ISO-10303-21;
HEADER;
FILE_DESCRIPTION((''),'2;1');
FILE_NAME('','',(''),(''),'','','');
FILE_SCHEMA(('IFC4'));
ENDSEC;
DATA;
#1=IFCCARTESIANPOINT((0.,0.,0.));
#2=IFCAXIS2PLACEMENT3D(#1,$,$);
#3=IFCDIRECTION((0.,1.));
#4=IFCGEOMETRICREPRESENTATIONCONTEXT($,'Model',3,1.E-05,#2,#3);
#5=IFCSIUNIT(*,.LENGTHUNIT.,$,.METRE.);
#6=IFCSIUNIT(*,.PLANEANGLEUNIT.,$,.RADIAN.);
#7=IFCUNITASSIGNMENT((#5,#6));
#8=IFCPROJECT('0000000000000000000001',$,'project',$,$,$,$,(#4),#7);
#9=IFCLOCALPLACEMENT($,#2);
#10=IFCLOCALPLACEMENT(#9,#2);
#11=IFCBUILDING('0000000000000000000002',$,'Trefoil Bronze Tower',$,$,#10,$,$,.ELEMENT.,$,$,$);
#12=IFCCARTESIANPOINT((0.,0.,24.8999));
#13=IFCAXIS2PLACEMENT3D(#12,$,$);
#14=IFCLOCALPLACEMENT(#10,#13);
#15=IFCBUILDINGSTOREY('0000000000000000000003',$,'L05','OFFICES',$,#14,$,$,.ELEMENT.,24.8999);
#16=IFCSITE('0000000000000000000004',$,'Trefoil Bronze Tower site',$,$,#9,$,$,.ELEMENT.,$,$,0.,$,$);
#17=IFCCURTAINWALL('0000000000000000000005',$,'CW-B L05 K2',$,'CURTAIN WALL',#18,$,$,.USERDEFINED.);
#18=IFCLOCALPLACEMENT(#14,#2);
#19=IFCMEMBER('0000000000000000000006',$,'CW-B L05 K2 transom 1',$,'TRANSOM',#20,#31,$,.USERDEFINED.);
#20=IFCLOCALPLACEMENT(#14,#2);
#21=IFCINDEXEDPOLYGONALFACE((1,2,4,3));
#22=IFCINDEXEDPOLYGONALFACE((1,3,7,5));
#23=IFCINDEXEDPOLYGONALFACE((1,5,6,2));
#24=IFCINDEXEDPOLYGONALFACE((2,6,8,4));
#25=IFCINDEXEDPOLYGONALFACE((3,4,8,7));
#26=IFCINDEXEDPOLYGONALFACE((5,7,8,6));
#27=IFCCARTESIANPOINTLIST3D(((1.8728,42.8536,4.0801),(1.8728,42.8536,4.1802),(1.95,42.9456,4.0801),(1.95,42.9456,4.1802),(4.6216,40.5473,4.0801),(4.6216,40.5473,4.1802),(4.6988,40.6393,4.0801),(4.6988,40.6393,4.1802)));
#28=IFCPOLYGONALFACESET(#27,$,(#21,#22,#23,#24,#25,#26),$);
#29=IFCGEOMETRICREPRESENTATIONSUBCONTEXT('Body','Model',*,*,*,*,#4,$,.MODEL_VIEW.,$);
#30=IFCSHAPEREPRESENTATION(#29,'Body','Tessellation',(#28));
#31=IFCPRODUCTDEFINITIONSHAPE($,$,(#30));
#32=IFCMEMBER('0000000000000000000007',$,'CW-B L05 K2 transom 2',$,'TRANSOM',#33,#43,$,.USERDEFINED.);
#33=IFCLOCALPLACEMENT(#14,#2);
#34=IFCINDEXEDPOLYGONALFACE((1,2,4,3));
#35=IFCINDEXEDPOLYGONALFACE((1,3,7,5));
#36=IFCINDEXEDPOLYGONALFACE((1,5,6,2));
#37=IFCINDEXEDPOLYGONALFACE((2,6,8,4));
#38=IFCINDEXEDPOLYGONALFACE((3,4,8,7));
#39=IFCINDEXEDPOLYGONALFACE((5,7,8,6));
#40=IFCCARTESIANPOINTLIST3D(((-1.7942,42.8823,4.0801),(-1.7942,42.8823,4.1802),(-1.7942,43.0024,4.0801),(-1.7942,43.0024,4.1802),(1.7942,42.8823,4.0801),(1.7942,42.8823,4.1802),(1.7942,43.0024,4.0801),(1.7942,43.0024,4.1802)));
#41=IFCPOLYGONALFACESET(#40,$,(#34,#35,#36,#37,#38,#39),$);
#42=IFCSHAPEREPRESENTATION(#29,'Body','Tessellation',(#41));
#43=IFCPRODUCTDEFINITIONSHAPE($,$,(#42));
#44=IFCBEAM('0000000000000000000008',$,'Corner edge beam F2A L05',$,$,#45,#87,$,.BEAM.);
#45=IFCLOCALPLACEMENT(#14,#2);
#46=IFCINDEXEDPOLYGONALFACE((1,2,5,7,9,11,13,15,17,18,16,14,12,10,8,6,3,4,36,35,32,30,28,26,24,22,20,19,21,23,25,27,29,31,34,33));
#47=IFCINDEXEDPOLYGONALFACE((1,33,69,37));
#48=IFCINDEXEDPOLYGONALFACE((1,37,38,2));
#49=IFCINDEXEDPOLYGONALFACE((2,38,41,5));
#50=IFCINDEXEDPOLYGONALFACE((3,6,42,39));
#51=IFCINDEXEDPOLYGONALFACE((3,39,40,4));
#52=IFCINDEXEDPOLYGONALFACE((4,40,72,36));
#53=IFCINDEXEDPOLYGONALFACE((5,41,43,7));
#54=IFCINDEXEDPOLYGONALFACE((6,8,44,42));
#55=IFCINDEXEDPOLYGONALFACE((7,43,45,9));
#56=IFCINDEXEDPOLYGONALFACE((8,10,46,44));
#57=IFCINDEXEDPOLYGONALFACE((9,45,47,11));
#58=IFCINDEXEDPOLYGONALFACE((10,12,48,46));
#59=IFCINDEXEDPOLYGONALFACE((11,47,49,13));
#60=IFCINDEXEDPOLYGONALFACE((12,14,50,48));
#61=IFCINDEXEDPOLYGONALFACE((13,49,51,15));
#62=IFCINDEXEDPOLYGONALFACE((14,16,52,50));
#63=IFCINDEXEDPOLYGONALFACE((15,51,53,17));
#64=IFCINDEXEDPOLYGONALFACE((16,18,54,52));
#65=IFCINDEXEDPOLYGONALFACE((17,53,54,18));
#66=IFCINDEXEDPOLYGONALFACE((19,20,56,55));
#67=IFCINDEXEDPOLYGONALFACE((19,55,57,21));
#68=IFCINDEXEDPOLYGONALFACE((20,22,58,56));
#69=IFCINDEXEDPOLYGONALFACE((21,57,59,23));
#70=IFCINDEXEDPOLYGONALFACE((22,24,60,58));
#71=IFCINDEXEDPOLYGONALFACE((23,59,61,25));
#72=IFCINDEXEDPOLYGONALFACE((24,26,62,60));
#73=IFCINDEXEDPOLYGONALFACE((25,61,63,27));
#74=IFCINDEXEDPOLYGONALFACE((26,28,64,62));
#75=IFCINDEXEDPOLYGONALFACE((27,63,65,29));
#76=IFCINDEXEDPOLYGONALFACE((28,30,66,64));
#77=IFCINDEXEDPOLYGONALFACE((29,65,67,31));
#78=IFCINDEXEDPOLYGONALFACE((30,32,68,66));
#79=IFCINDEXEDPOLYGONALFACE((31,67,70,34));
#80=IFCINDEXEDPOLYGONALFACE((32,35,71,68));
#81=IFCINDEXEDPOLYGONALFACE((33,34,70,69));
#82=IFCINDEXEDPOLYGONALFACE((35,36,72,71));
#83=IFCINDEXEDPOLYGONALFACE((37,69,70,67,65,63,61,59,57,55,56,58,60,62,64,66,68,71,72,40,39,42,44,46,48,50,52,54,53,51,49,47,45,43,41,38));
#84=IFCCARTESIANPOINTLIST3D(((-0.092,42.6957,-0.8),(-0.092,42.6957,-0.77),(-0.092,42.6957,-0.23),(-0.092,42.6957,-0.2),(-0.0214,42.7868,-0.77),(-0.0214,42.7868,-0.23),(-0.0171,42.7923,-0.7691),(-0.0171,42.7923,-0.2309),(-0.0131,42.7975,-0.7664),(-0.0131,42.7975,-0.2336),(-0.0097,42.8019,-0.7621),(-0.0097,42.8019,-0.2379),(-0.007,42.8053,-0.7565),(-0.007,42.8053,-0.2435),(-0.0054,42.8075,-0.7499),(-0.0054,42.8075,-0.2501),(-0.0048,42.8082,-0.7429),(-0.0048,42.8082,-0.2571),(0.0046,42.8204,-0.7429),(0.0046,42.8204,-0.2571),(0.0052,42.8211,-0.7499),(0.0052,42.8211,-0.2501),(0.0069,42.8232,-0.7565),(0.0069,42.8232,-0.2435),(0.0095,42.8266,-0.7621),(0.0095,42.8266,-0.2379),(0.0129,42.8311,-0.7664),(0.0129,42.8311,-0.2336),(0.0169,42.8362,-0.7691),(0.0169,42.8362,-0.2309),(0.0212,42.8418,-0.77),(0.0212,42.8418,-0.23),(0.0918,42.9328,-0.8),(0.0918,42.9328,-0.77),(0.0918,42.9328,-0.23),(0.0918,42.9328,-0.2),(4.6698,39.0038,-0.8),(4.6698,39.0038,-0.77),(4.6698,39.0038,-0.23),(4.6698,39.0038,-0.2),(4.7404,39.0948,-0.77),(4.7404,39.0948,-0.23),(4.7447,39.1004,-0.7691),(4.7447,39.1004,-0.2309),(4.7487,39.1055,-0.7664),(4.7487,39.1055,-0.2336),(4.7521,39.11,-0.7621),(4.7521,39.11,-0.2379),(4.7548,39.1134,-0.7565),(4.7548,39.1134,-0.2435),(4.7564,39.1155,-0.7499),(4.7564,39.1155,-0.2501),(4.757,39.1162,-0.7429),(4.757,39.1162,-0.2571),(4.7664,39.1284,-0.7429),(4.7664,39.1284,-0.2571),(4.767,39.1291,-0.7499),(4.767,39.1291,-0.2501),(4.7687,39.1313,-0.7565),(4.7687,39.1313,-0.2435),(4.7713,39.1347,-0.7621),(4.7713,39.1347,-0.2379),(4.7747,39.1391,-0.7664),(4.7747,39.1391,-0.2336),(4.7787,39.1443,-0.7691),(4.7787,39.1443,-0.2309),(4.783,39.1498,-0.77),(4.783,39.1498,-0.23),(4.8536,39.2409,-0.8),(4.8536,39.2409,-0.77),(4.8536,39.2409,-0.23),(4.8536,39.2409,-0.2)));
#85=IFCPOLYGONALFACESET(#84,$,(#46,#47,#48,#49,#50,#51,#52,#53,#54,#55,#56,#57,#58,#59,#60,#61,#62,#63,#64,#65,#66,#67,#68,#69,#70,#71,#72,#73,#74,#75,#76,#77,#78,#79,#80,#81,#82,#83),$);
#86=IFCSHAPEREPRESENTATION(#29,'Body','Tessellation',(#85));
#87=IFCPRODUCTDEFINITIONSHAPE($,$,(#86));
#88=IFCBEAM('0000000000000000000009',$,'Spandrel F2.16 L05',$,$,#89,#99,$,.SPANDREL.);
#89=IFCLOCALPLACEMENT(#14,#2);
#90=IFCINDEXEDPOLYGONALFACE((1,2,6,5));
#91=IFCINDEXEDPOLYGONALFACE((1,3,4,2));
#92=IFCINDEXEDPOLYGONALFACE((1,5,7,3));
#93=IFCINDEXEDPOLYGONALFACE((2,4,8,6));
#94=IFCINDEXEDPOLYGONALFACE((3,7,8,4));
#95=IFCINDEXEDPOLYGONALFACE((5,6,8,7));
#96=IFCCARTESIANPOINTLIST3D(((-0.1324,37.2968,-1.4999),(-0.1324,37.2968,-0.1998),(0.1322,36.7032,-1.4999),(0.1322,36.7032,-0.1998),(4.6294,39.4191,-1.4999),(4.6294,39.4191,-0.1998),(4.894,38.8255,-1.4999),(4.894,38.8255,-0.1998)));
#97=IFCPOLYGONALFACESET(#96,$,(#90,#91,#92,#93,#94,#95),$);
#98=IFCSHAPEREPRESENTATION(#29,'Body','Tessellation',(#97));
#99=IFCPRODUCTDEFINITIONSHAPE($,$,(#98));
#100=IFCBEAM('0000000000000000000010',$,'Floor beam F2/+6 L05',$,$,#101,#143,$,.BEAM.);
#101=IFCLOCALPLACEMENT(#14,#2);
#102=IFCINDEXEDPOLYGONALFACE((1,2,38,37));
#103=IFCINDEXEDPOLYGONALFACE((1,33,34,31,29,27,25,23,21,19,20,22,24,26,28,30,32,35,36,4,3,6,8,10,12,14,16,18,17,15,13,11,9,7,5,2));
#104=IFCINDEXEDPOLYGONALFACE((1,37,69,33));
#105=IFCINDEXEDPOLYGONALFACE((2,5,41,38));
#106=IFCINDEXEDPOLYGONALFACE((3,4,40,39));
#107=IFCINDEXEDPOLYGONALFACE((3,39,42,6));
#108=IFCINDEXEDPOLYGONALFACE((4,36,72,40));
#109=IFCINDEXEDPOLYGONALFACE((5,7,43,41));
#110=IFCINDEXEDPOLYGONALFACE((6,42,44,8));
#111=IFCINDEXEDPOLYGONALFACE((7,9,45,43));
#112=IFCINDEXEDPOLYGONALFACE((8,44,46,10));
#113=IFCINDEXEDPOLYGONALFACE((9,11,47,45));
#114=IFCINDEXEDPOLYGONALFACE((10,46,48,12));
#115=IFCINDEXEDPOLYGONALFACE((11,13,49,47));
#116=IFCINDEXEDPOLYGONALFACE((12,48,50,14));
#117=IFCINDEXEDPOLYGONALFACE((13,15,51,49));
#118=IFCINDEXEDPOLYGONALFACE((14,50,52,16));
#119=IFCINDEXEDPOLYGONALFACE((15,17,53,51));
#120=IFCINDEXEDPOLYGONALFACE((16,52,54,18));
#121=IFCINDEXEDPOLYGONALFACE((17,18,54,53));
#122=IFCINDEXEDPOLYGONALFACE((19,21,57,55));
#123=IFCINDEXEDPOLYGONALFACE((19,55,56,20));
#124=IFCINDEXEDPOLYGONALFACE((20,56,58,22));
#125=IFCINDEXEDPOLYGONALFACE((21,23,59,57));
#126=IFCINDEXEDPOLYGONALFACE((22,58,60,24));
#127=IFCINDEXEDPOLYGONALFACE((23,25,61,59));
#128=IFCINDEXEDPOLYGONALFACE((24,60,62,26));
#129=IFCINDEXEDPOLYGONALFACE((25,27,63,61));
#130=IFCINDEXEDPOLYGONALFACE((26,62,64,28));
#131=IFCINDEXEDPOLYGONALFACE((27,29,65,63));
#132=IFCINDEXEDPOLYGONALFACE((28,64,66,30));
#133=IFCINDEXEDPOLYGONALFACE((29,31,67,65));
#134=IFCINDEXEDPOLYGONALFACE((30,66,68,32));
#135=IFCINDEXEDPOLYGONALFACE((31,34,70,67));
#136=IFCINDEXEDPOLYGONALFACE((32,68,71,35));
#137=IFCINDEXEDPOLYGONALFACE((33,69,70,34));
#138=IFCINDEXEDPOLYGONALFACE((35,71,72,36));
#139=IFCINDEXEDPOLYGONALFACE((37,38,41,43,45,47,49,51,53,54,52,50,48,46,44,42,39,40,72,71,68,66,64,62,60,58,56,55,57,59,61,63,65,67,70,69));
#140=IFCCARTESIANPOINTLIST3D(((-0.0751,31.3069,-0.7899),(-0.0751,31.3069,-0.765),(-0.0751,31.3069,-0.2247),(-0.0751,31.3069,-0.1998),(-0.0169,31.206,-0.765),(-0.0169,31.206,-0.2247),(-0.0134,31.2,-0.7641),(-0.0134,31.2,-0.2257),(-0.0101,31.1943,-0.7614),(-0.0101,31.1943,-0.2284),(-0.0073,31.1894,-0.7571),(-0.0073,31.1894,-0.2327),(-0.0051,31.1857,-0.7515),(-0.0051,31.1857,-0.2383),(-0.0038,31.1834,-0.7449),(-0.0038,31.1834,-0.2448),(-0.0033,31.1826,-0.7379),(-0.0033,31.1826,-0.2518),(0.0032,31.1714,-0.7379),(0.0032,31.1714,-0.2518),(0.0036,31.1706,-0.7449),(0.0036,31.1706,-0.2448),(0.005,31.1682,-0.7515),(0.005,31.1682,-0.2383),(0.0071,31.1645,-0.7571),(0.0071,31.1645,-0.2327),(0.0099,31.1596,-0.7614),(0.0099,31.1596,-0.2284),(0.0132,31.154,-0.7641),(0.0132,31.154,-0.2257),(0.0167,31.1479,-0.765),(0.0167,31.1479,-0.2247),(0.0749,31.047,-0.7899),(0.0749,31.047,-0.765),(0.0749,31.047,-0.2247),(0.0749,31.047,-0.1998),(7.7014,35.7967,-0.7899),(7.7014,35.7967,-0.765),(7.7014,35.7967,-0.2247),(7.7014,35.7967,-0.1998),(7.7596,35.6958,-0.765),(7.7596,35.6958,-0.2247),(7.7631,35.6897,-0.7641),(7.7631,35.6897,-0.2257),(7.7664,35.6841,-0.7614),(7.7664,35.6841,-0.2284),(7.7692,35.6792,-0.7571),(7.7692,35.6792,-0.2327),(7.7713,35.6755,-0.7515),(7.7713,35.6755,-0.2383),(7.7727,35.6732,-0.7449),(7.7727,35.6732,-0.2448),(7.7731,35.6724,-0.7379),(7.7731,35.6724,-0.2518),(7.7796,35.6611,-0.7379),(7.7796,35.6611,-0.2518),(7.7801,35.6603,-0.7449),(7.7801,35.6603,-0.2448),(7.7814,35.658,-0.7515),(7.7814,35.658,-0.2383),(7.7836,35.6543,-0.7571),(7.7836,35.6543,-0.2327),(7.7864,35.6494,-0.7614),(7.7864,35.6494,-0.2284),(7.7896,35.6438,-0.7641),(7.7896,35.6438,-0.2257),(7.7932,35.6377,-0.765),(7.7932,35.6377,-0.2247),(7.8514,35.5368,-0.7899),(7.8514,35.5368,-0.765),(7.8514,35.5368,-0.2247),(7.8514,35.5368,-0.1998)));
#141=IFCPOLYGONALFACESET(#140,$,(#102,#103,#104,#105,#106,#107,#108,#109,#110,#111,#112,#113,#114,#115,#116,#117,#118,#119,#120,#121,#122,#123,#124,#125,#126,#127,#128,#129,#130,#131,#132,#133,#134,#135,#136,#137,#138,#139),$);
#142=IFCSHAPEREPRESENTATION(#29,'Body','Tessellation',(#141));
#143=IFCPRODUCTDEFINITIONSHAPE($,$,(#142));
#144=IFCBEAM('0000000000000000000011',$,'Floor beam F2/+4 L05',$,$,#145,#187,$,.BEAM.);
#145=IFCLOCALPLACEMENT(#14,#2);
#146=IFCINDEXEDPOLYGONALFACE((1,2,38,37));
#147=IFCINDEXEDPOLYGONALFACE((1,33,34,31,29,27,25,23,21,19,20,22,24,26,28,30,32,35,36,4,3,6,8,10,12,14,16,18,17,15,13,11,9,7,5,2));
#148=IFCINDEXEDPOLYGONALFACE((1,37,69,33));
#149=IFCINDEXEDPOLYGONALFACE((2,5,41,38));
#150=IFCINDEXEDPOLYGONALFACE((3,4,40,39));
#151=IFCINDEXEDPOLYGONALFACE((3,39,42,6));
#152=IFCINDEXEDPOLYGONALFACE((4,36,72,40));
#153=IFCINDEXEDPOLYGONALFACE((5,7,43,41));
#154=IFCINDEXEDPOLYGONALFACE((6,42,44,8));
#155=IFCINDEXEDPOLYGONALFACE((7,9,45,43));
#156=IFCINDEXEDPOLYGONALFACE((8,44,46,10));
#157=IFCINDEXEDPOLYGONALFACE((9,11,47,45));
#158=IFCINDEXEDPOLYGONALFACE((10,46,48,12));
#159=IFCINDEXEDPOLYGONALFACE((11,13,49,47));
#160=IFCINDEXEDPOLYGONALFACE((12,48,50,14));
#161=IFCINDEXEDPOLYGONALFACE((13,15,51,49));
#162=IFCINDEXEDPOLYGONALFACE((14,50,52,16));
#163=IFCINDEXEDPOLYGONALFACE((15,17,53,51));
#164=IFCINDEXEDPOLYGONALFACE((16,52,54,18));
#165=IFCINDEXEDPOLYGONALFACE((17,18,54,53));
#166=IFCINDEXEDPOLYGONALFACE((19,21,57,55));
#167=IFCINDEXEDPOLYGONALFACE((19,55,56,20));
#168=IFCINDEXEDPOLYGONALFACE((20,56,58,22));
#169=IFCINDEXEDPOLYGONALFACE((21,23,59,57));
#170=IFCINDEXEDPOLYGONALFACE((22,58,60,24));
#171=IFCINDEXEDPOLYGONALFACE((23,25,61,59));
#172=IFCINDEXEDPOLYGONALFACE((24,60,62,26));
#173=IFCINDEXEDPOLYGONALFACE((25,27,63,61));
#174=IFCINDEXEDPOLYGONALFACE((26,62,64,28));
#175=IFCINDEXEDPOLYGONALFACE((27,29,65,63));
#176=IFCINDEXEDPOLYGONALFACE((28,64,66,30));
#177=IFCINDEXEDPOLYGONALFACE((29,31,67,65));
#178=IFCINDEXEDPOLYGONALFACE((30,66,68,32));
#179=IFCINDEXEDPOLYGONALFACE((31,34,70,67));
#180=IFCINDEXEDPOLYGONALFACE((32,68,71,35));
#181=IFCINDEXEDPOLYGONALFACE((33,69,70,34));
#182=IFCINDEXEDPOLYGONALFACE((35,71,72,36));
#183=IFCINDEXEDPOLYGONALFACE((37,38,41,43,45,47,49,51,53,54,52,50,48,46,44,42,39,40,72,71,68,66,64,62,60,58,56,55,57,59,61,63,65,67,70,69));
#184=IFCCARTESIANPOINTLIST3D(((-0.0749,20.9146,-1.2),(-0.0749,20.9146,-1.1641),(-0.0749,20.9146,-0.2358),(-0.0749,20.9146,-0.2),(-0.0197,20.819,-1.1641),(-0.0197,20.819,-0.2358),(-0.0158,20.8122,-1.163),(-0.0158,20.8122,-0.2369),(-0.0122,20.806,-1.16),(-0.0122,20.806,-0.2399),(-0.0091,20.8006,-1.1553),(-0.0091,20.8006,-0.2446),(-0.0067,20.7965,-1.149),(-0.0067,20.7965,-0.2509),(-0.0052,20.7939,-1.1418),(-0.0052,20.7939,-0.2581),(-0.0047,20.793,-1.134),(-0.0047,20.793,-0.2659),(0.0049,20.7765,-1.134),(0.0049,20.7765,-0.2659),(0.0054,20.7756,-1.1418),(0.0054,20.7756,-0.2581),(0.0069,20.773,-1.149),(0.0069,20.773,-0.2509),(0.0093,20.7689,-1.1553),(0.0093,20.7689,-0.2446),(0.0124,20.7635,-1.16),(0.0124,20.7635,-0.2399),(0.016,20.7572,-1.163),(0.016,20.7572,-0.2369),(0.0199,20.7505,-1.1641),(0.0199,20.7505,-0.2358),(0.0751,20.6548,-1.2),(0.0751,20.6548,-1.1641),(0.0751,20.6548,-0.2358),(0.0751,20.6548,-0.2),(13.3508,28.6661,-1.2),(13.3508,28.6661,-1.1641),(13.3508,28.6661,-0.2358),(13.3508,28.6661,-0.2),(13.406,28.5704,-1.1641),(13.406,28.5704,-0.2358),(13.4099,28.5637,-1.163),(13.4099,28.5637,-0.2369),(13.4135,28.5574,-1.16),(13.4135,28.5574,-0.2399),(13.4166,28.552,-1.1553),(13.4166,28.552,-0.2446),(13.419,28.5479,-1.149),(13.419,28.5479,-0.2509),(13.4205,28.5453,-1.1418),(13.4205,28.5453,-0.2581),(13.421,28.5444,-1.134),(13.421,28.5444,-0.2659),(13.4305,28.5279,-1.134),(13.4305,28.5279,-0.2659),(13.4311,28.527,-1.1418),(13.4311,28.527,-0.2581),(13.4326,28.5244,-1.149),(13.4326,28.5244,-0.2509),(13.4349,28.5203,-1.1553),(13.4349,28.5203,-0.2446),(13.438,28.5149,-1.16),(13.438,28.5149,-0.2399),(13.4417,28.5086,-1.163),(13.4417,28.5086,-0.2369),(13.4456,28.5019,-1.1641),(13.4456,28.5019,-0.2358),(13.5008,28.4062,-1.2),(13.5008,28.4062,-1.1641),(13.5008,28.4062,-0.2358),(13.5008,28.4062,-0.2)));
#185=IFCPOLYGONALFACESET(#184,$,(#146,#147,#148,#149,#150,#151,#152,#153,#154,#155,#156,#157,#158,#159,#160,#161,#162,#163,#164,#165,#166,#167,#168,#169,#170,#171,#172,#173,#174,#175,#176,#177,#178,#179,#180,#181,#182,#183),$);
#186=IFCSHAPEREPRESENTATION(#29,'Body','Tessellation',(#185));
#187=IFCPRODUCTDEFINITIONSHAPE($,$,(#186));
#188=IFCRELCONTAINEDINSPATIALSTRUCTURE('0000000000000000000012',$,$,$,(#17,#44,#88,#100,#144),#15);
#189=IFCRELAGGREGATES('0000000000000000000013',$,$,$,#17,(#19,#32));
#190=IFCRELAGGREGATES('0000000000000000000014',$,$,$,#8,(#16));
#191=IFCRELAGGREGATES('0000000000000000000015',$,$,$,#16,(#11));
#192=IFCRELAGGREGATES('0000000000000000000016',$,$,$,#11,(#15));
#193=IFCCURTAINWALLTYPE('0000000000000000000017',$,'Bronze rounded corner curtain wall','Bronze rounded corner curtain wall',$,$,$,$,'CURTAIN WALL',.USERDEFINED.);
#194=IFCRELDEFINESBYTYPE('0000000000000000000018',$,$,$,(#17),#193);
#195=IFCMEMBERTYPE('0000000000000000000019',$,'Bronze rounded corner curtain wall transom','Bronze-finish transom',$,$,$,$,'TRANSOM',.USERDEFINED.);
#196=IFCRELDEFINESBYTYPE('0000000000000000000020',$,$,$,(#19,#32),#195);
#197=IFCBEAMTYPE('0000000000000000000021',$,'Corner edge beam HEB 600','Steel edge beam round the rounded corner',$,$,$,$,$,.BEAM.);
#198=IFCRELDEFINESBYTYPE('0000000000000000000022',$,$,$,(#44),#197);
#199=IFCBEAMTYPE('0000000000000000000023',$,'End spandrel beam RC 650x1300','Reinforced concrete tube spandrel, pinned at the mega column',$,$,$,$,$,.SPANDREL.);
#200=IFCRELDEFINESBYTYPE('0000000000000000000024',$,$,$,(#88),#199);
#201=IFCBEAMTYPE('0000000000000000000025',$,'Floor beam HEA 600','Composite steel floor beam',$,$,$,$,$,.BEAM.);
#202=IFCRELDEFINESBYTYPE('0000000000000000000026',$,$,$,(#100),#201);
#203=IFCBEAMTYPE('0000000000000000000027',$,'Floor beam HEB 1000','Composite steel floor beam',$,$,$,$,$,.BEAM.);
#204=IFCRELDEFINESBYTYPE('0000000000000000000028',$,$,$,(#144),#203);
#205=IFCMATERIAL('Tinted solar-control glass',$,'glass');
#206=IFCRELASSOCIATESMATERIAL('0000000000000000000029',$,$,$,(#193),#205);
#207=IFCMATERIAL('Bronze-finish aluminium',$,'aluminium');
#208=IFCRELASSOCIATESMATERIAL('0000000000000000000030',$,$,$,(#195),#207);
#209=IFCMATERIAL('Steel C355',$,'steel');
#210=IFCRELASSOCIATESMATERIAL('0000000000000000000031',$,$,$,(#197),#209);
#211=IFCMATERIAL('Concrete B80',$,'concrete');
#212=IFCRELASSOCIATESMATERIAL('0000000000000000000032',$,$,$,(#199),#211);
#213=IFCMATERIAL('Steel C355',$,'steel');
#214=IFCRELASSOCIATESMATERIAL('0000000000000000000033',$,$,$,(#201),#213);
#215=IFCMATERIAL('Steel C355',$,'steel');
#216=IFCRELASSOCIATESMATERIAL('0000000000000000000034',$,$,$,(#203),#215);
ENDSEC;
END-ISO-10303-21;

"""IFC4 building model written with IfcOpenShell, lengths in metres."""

from ifc_helpers import new_model, si_unit, direction, frame, origin, origin_2d, place, context, subcontext, project, spatial, rectangle, i_section, extrude, material, material_profile, profile_set, type_object, element, aggregate, save


model = new_model("IFC4")

# Units and contexts
model_context = context("Model", 3, precision=1e-05, world=origin(), true_north=direction((0.0, 1.0)))
body_context = subcontext(model_context, "Body", "Model", "MODEL_VIEW")
ifc_project = project(units=[si_unit("LENGTHUNIT", "METRE"), si_unit("PLANEANGLEUNIT", "RADIAN")], contexts=[model_context])

# Site, building, storey
site_placement = place(None, origin())
site = spatial("IfcSite", under=ifc_project, at=site_placement, Name="Trefoil Bronze Tower site", CompositionType="ELEMENT", RefElevation=0.0)
building_placement = place(site_placement, origin())
building = spatial("IfcBuilding", under=site, at=building_placement, Name="Trefoil Bronze Tower", CompositionType="ELEMENT")
storey_placement = place(building_placement, frame((0.0, 0.0, 24.8999)))
storey = spatial("IfcBuildingStorey", under=building, at=storey_placement, Name="L05", Description="OFFICES", CompositionType="ELEMENT", Elevation=24.8999)

# Curtain wall, members
ifc_material_1 = material(Name="Tinted solar-control glass", Category="glass")
curtain_wall_type_1 = type_object("IfcCurtainWallType", Name="Bronze rounded corner curtain wall", Description="Bronze rounded corner curtain wall", ElementType="CURTAIN WALL", PredefinedType="USERDEFINED", material=ifc_material_1)
curtain_wall_1_placement = place(storey_placement, origin())
curtain_wall_1 = element("IfcCurtainWall", 1, at=curtain_wall_1_placement, inside=storey, type_object=curtain_wall_type_1, Name="CW-B L05 K2", ObjectType="CURTAIN WALL", PredefinedType="USERDEFINED")
ifc_material_2 = material(Name="Bronze-finish aluminium", Category="aluminium")
ifc_material_profile_1 = material_profile(ifc_material_2, rectangle(XDim=0.1201, YDim=0.1001, at=origin_2d()), Name="CW-B transom")
ifc_profile_set_1 = profile_set([ifc_material_profile_1], Name="Bronze-finish aluminium")
member_type_1 = type_object("IfcMemberType", Name="Bronze rounded corner curtain wall transom", Description="Bronze-finish transom", ElementType="TRANSOM", PredefinedType="USERDEFINED", material=ifc_profile_set_1)
member_1_placement = place(storey_placement, frame((4.6602, 40.5933, 4.1301), z_axis=(-0.766059, 0.642771, 0.0), x_axis=(-0.642771, -0.766059, 0.0)))
member_1 = element("IfcMember", 2, at=member_1_placement, type_object=member_type_1, Name="CW-B L05 K2 transom 1", ObjectType="TRANSOM", PredefinedType="USERDEFINED", context=body_context, shape_type="SweptSolid", body=[
    extrude(rectangle(XDim=0.1201, YDim=0.1001, at=origin_2d()), origin(), (0.0, 0.0, 1.0), 3.5881),
])
member_2_placement = place(storey_placement, frame((1.7942, 42.9424, 4.1301), z_axis=(-1.0, 0.0, 0.0), x_axis=(0.0, -1.0, 0.0)))
member_2 = element("IfcMember", 3, at=member_2_placement, type_object=member_type_1, Name="CW-B L05 K2 transom 2", ObjectType="TRANSOM", PredefinedType="USERDEFINED", context=body_context, shape_type="SweptSolid", body=[
    extrude(rectangle(XDim=0.1201, YDim=0.1001, at=origin_2d()), origin(), (0.0, 0.0, 1.0), 3.5884),
])

# Beams
ifc_material_3 = material(Name="Steel C355", Category="steel")
ifc_material_profile_2 = material_profile(ifc_material_3, i_section(OverallWidth=0.3, OverallDepth=0.6001, WebThickness=0.0154, FlangeThickness=0.03, FilletRadius=0.0271, at=origin_2d()), Name="HEB 600")
ifc_profile_set_2 = profile_set([ifc_material_profile_2], Name="Steel C355")
beam_type_1 = type_object("IfcBeamType", Name="Corner edge beam HEB 600", Description="Steel edge beam round the rounded corner", PredefinedType="BEAM", material=ifc_profile_set_2)
beam_1_placement = place(storey_placement, frame((4.7617, 39.1223, -0.5), z_axis=(-0.790289, 0.612734, 0.0), x_axis=(-0.612734, -0.790289, 0.0)))
element("IfcBeam", 4, at=beam_1_placement, inside=storey, type_object=beam_type_1, Name="Corner edge beam F2A L05", PredefinedType="BEAM", context=body_context, shape_type="SweptSolid", body=[
    extrude(i_section(OverallWidth=0.3, OverallDepth=0.6001, WebThickness=0.0154, FlangeThickness=0.03, FilletRadius=0.0271, at=origin_2d()), origin(), (0.0, 0.0, 1.0), 6.0254),
])
ifc_material_4 = material(Name="Concrete B80", Category="concrete")
ifc_material_profile_3 = material_profile(ifc_material_4, rectangle(XDim=0.6499, YDim=1.3, at=origin_2d()), Name="RC 650x1300")
ifc_profile_set_3 = profile_set([ifc_material_profile_3], Name="Concrete B80")
beam_type_2 = type_object("IfcBeamType", Name="End spandrel beam RC 650x1300", Description="Reinforced concrete tube spandrel, pinned at the mega column", PredefinedType="SPANDREL", material=ifc_profile_set_3)
beam_2_placement = place(storey_placement, frame((4.7617, 39.1223, -0.8499), z_axis=(-0.913384, -0.407099, 0.0), x_axis=(0.407099, -0.913384, 0.0)))
element("IfcBeam", 5, at=beam_2_placement, inside=storey, type_object=beam_type_2, Name="Spandrel F2.16 L05", PredefinedType="SPANDREL", context=body_context, shape_type="SweptSolid", body=[
    extrude(rectangle(XDim=0.6499, YDim=1.3, at=origin_2d()), origin(), (0.0, 0.0, 1.0), 5.2134),
])
ifc_material_5 = material(Name="Steel C355", Category="steel")
ifc_material_profile_4 = material_profile(ifc_material_5, i_section(OverallWidth=0.3, OverallDepth=0.5901, WebThickness=0.0129, FlangeThickness=0.0249, FilletRadius=0.0271, at=origin_2d()), Name="HEA 600")
ifc_profile_set_4 = profile_set([ifc_material_profile_4], Name="Steel C355")
beam_type_3 = type_object("IfcBeamType", Name="Floor beam HEA 600", Description="Composite steel floor beam", PredefinedType="BEAM", material=ifc_profile_set_4)
beam_3_placement = place(storey_placement, frame((7.7764, 35.6667, -0.4949), z_axis=(-0.866023, -0.500005, 0.0), x_axis=(0.500005, -0.866023, 0.0)))
element("IfcBeam", 6, at=beam_3_placement, inside=storey, type_object=beam_type_3, Name="Floor beam F2/+6 L05", PredefinedType="BEAM", context=body_context, shape_type="SweptSolid", body=[
    extrude(i_section(OverallWidth=0.3, OverallDepth=0.5901, WebThickness=0.0129, FlangeThickness=0.0249, FilletRadius=0.0271, at=origin_2d()), origin(), (0.0, 0.0, 1.0), 8.9795),
])
ifc_material_6 = material(Name="Steel C355", Category="steel")
ifc_material_profile_5 = material_profile(ifc_material_6, i_section(OverallWidth=0.3, OverallDepth=1.0, WebThickness=0.019, FlangeThickness=0.0359, FilletRadius=0.03, at=origin_2d()), Name="HEB 1000")
ifc_profile_set_5 = profile_set([ifc_material_profile_5], Name="Steel C355")
beam_type_4 = type_object("IfcBeamType", Name="Floor beam HEB 1000", Description="Composite steel floor beam", PredefinedType="BEAM", material=ifc_profile_set_5)
beam_4_placement = place(storey_placement, frame((13.4258, 28.5361, -0.7), z_axis=(-0.866023, -0.500004, 0.0), x_axis=(0.500004, -0.866023, 0.0)))
element("IfcBeam", 7, at=beam_4_placement, inside=storey, type_object=beam_type_4, Name="Floor beam F2/+4 L05", PredefinedType="BEAM", context=body_context, shape_type="SweptSolid", body=[
    extrude(i_section(OverallWidth=0.3, OverallDepth=1.0, WebThickness=0.019, FlangeThickness=0.0359, FilletRadius=0.03, at=origin_2d()), origin(), (0.0, 0.0, 1.0), 15.5027),
])

aggregate(curtain_wall_1, [member_1, member_2])

save(model, "model.ifc")
